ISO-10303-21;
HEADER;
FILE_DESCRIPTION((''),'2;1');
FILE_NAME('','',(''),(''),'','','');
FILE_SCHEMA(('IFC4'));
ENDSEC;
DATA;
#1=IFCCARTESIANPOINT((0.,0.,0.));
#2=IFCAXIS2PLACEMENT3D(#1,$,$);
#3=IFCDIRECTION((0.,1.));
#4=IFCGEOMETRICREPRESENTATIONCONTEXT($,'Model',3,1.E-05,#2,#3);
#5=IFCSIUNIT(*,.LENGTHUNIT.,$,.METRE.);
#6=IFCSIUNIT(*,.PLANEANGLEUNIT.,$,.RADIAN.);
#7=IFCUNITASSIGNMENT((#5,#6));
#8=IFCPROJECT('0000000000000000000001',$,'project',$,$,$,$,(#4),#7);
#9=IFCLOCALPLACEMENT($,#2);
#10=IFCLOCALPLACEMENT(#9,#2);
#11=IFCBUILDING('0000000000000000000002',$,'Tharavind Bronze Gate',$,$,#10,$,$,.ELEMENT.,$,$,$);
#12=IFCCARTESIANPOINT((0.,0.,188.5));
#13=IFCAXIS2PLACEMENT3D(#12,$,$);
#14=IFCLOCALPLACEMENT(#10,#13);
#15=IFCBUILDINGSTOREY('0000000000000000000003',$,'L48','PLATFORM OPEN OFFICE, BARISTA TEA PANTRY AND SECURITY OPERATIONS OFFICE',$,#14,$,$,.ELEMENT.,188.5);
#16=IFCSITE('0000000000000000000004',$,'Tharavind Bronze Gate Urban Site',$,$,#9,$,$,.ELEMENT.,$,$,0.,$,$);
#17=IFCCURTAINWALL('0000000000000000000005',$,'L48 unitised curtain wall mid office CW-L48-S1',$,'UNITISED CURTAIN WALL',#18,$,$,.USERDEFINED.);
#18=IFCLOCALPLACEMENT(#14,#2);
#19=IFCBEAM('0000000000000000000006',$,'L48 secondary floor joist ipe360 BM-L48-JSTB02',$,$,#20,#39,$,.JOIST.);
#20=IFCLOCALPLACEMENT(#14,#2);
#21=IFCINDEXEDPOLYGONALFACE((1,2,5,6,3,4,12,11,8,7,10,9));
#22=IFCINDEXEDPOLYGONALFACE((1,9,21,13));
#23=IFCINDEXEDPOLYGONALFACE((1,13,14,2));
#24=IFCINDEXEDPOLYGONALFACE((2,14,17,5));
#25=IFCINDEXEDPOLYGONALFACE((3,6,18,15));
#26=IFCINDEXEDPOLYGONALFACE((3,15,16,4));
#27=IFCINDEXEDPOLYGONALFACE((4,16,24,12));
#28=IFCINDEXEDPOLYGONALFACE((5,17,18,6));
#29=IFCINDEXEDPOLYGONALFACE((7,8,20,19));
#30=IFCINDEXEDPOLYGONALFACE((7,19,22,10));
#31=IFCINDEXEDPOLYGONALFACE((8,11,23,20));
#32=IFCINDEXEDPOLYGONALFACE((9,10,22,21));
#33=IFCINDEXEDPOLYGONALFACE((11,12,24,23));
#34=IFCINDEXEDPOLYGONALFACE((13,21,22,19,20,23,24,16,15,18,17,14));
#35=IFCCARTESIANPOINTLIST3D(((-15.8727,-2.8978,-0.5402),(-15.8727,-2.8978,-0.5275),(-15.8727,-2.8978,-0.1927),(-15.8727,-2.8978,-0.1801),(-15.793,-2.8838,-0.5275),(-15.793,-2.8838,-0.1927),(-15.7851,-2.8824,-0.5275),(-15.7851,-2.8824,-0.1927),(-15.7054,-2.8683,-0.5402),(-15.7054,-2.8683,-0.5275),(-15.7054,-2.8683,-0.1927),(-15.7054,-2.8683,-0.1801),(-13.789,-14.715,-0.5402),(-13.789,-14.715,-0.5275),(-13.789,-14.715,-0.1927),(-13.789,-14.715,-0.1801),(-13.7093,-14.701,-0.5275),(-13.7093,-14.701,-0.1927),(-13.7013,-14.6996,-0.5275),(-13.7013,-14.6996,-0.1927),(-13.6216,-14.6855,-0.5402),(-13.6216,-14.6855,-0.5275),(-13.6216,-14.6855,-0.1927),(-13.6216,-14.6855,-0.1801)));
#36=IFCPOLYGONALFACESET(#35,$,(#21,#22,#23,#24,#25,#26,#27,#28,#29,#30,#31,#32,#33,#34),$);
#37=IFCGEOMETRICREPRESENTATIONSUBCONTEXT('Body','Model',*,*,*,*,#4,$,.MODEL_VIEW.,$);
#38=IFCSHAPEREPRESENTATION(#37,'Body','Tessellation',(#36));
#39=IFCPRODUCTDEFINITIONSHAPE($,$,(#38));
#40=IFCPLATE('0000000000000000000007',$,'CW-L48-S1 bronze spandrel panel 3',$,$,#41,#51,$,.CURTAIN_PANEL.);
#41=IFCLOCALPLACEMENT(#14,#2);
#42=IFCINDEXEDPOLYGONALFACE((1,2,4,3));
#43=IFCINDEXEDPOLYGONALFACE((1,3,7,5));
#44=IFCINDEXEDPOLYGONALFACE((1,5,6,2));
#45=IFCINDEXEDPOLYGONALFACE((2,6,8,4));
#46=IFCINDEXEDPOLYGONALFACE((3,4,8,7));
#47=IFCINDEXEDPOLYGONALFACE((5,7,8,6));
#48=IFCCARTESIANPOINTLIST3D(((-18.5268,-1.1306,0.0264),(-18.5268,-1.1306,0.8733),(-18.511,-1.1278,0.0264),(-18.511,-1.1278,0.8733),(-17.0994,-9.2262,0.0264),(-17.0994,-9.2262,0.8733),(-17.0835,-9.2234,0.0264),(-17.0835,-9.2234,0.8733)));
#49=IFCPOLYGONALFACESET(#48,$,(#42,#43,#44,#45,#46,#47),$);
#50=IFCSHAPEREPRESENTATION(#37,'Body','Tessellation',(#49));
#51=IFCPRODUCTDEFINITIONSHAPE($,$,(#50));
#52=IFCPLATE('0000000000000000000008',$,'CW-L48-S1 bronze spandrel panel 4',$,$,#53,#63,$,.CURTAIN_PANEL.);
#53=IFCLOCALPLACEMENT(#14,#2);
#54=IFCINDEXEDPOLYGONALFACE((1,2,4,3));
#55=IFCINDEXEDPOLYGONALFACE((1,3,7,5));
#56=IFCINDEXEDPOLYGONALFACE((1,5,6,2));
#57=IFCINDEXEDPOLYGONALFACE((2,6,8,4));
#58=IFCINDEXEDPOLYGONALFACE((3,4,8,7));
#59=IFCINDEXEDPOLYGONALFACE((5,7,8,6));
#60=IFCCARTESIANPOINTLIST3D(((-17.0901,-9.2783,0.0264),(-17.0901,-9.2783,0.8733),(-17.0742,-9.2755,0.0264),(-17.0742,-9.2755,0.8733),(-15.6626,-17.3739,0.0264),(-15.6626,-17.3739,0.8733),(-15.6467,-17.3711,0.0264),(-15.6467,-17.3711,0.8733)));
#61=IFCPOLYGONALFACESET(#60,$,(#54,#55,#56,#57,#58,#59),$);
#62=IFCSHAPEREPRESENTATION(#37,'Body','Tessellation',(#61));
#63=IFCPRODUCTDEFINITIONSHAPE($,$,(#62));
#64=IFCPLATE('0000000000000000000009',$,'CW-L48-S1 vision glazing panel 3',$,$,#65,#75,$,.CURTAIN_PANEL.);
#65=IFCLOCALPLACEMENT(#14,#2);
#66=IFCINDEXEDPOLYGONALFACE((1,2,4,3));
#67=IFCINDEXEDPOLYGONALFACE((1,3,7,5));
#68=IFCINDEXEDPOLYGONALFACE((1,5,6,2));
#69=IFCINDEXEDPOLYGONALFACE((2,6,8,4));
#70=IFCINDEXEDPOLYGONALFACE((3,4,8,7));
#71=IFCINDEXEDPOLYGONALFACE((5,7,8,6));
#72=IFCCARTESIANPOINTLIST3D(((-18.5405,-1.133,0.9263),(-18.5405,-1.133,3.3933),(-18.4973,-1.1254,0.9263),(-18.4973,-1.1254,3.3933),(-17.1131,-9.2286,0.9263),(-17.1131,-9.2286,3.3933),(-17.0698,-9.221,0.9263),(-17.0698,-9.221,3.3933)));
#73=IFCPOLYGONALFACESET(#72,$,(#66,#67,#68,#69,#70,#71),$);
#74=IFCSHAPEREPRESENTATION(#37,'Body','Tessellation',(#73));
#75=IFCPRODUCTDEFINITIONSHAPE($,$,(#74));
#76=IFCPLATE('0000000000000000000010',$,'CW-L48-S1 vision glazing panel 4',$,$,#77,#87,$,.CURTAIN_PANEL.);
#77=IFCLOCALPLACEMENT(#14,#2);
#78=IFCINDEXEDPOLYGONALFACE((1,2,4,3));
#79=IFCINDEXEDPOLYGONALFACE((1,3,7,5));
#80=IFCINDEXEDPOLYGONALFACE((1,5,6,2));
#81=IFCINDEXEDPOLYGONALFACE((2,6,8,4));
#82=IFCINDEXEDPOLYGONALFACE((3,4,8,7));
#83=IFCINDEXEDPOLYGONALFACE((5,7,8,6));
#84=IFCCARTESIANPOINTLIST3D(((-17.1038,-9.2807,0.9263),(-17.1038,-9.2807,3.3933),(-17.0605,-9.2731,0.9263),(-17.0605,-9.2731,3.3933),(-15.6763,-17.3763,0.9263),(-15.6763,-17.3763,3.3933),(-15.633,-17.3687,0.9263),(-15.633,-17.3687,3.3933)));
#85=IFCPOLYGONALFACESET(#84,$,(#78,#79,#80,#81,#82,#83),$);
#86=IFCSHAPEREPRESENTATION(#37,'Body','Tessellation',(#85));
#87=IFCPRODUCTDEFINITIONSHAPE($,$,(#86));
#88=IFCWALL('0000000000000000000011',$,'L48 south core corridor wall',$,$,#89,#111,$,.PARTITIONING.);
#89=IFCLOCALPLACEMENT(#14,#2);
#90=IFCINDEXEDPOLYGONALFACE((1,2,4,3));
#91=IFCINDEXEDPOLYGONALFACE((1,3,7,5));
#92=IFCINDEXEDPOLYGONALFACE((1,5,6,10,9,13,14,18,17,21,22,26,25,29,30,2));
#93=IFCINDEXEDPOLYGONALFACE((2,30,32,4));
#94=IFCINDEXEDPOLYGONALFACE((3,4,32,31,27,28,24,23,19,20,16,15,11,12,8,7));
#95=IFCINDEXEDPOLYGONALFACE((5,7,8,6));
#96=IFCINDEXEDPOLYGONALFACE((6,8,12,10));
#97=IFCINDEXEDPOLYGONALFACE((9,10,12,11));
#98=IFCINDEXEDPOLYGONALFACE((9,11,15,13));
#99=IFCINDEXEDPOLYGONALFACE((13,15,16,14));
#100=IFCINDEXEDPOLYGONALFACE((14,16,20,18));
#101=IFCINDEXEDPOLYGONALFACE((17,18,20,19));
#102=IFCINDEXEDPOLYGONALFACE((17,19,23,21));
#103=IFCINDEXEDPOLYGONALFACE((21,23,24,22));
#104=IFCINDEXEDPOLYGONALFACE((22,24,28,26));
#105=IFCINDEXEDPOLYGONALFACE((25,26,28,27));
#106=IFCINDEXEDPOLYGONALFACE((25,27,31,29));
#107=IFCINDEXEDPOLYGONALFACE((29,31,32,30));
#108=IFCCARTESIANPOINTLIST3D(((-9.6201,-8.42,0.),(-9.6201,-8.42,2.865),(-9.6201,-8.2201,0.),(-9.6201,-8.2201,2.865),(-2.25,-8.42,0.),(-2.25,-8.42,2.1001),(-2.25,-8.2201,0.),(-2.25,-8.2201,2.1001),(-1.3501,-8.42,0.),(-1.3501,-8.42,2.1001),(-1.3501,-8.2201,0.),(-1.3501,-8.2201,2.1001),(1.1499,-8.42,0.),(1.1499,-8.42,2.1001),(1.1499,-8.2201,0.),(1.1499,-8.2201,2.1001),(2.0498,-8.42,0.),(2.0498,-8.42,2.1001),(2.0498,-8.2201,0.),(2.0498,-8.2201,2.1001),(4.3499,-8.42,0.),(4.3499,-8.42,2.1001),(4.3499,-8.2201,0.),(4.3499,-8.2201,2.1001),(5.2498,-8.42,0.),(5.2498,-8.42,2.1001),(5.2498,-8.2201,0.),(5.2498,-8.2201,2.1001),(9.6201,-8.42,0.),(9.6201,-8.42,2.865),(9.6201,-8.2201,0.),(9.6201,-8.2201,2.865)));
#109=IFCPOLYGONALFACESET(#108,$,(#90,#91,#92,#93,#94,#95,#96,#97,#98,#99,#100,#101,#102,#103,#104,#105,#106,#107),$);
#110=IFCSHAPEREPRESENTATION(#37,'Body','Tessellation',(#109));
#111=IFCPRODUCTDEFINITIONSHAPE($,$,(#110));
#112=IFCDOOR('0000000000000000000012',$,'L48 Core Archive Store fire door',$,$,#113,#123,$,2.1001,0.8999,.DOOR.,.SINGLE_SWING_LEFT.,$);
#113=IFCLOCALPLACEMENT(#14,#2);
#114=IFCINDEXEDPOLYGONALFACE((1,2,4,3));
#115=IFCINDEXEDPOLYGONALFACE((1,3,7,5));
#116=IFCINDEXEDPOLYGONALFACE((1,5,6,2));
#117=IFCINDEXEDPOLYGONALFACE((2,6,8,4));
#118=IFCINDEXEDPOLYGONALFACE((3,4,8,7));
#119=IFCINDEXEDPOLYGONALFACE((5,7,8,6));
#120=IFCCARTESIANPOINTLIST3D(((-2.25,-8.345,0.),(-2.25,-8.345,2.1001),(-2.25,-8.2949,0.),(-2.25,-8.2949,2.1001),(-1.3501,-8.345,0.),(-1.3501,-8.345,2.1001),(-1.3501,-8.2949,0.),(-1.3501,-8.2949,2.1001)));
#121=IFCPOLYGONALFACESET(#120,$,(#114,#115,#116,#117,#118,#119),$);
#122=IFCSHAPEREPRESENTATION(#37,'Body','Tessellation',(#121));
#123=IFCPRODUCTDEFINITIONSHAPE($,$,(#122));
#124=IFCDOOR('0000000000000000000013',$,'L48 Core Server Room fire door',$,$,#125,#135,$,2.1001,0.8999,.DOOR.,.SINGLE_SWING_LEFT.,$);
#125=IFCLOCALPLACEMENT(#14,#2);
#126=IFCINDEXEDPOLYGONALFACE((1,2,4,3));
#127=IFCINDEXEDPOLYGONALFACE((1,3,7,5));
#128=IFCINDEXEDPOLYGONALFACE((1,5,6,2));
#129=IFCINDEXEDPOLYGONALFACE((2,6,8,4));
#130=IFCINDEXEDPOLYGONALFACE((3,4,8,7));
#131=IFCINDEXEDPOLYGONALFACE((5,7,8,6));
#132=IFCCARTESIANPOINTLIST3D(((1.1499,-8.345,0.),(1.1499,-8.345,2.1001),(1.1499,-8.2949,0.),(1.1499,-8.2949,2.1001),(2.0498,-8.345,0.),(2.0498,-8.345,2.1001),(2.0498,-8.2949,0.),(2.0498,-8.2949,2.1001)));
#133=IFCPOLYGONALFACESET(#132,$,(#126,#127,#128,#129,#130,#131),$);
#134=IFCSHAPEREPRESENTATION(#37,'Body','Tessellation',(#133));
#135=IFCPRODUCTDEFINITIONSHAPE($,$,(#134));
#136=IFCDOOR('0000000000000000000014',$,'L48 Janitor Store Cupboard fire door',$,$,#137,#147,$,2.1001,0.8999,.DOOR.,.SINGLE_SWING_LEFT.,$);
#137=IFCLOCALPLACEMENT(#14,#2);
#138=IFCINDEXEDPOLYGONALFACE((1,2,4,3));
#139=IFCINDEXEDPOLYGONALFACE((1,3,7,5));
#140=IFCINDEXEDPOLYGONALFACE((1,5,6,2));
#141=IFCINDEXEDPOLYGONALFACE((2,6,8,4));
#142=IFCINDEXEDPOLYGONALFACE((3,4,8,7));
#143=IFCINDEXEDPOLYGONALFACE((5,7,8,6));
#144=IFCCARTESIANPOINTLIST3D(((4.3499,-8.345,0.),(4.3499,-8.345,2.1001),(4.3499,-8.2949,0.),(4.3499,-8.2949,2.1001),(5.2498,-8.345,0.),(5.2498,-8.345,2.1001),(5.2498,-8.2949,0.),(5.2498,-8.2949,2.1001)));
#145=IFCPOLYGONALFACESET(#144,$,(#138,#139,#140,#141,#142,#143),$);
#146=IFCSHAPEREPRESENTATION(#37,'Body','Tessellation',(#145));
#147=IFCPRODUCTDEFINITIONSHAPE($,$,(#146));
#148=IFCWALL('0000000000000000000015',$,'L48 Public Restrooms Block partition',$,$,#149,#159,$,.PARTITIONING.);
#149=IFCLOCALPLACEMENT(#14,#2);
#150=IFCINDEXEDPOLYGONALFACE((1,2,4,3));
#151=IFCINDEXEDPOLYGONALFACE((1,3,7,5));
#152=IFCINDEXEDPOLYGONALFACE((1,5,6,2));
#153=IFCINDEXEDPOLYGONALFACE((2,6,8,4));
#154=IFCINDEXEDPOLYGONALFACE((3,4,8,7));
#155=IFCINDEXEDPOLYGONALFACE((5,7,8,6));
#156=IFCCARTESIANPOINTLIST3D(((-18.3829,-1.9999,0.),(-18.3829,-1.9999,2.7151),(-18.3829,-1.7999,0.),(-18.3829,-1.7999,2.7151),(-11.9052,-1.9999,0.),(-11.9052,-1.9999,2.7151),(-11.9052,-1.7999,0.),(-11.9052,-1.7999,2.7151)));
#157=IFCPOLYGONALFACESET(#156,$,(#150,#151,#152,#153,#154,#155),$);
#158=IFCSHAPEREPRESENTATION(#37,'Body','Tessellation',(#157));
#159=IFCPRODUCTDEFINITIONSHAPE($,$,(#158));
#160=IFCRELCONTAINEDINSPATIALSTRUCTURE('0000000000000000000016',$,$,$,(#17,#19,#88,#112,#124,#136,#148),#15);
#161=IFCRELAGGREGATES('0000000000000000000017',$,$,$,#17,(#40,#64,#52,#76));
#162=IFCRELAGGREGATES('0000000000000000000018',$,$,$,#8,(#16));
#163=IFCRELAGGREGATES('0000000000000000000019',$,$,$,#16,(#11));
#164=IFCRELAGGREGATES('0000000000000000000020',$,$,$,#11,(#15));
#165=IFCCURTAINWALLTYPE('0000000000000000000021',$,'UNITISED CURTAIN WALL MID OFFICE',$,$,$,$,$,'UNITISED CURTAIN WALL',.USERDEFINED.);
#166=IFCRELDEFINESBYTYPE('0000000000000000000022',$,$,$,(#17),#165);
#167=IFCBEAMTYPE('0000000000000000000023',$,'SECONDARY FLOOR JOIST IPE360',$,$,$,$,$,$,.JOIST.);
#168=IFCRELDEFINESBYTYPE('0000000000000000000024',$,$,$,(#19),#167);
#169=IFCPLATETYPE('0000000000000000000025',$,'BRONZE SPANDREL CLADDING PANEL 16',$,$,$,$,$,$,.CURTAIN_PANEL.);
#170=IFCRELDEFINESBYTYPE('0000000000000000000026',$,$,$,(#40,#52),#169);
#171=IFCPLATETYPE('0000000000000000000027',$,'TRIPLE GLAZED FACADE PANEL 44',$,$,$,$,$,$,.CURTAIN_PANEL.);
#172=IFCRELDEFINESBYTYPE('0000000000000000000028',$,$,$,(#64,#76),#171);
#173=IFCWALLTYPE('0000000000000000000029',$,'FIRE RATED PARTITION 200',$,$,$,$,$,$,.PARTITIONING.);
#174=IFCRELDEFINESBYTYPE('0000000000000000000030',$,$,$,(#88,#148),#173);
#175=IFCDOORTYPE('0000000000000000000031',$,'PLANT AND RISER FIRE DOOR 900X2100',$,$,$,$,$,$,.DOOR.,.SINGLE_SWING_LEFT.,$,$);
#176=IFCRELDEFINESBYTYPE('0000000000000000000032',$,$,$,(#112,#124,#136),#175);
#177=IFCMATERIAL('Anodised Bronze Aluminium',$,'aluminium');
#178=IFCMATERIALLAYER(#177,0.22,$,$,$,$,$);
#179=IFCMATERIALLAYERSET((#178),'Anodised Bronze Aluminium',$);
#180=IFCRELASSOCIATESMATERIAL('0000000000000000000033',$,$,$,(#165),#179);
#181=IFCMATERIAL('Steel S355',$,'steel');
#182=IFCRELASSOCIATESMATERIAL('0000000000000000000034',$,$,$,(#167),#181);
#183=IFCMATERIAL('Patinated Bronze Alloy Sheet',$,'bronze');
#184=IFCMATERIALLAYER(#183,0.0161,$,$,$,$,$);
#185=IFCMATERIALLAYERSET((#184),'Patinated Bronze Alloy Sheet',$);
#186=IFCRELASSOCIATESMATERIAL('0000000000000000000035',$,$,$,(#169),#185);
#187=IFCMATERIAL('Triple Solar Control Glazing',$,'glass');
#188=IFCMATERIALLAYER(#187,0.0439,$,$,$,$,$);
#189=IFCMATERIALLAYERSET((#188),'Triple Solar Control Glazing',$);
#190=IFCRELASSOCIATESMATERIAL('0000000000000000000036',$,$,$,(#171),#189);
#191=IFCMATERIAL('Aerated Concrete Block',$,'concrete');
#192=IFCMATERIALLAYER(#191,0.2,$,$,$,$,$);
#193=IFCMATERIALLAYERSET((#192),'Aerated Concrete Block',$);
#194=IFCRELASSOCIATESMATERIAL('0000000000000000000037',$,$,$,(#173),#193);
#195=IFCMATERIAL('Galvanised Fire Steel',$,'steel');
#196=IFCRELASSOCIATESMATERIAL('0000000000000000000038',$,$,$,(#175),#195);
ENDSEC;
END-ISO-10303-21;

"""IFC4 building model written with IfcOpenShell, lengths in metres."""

from ifc_helpers import new_model, si_unit, direction, frame, frame_2d, origin, origin_2d, place, context, subcontext, project, spatial, rectangle, i_section, extrude, material, layer, layer_set, material_profile, profile_set, type_object, element, fill, aggregate, save


model = new_model("IFC4")

# Units and contexts
model_context = context("Model", 3, precision=1e-05, world=origin(), true_north=direction((0.0, 1.0)))
body_context = subcontext(model_context, "Body", "Model", "MODEL_VIEW")
ifc_project = project(units=[si_unit("LENGTHUNIT", "METRE"), si_unit("PLANEANGLEUNIT", "RADIAN")], contexts=[model_context])

# Site, building, storey
site_placement = place(None, origin())
site = spatial("IfcSite", under=ifc_project, at=site_placement, Name="Tharavind Bronze Gate Urban Site", CompositionType="ELEMENT", RefElevation=0.0)
building_placement = place(site_placement, origin())
building = spatial("IfcBuilding", under=site, at=building_placement, Name="Tharavind Bronze Gate", CompositionType="ELEMENT")
storey_placement = place(building_placement, frame((0.0, 0.0, 188.5)))
storey = spatial("IfcBuildingStorey", under=building, at=storey_placement, Name="L48", Description="PLATFORM OPEN OFFICE, BARISTA TEA PANTRY AND SECURITY OPERATIONS OFFICE", CompositionType="ELEMENT", Elevation=188.5)

# Curtain wall
ifc_material_1 = material(Name="Anodised Bronze Aluminium", Category="aluminium")
ifc_layer_1 = layer(ifc_material_1, 0.22)
ifc_layer_set_1 = layer_set([ifc_layer_1], Name="Anodised Bronze Aluminium")
curtain_wall_type = type_object("IfcCurtainWallType", Name="UNITISED CURTAIN WALL MID OFFICE", ElementType="UNITISED CURTAIN WALL", PredefinedType="USERDEFINED", material=ifc_layer_set_1)
curtain_wall_placement = place(storey_placement, origin())
curtain_wall = element("IfcCurtainWall", 1, at=curtain_wall_placement, inside=storey, type_object=curtain_wall_type, Name="L48 unitised curtain wall mid office CW-L48-S1", ObjectType="UNITISED CURTAIN WALL", PredefinedType="USERDEFINED")

# Beam
ifc_material_2 = material(Name="Steel S355", Category="steel")
ifc_material_profile_1 = material_profile(ifc_material_2, i_section(OverallWidth=0.1699, OverallDepth=0.3601, WebThickness=0.0081, FlangeThickness=0.0127, at=origin_2d()), Name="IPE360")
ifc_profile_set_1 = profile_set([ifc_material_profile_1], Name="Steel S355")
beam_type_1 = type_object("IfcBeamType", Name="SECONDARY FLOOR JOIST IPE360", PredefinedType="JOIST", material=ifc_profile_set_1)
beam_1_placement = place(storey_placement, frame((-15.7891, -2.8831, -0.3601), z_axis=(0.173653, -0.984807, 0.0), x_axis=(0.984807, 0.173653, 0.0)))
element("IfcBeam", 2, at=beam_1_placement, inside=storey, type_object=beam_type_1, Name="L48 secondary floor joist ipe360 BM-L48-JSTB02", PredefinedType="JOIST", context=body_context, shape_type="SweptSolid", body=[
    extrude(i_section(OverallWidth=0.1699, OverallDepth=0.3601, WebThickness=0.0081, FlangeThickness=0.0127, at=origin_2d()), origin(), (0.0, 0.0, 1.0), 11.9995),
])

# Plates
ifc_material_3 = material(Name="Patinated Bronze Alloy Sheet", Category="bronze")
ifc_layer_2 = layer(ifc_material_3, 0.0161)
ifc_layer_set_2 = layer_set([ifc_layer_2], Name="Patinated Bronze Alloy Sheet")
plate_type_1 = type_object("IfcPlateType", Name="BRONZE SPANDREL CLADDING PANEL 16", PredefinedType="CURTAIN_PANEL", material=ifc_layer_set_2)
plate_1_placement = place(storey_placement, frame((-17.8052, -5.177, 0.0264), z_axis=(0.0, 0.0, 1.0), x_axis=(0.173648, -0.984808, 0.0)))
plate_1 = element("IfcPlate", 3, at=plate_1_placement, type_object=plate_type_1, Name="CW-L48-S1 bronze spandrel panel 3", PredefinedType="CURTAIN_PANEL", context=body_context, shape_type="SweptSolid", body=[
    extrude(rectangle(XDim=8.2205, YDim=0.0161, at=origin_2d()), origin(), (0.0, 0.0, 1.0), 0.8469),
])
plate_2_placement = place(storey_placement, frame((-16.3684, -13.3247, 0.0264), z_axis=(0.0, 0.0, 1.0), x_axis=(0.173648, -0.984808, 0.0)))
plate_2 = element("IfcPlate", 4, at=plate_2_placement, type_object=plate_type_1, Name="CW-L48-S1 bronze spandrel panel 4", PredefinedType="CURTAIN_PANEL", context=body_context, shape_type="SweptSolid", body=[
    extrude(rectangle(XDim=8.2205, YDim=0.0161, at=origin_2d()), origin(), (0.0, 0.0, 1.0), 0.8469),
])
ifc_material_4 = material(Name="Triple Solar Control Glazing", Category="glass")
ifc_layer_3 = layer(ifc_material_4, 0.0439)
ifc_layer_set_3 = layer_set([ifc_layer_3], Name="Triple Solar Control Glazing")
plate_type_2 = type_object("IfcPlateType", Name="TRIPLE GLAZED FACADE PANEL 44", PredefinedType="CURTAIN_PANEL", material=ifc_layer_set_3)
plate_3_placement = place(storey_placement, frame((-17.8052, -5.177, 0.9263), z_axis=(0.0, 0.0, 1.0), x_axis=(0.173648, -0.984808, 0.0)))
plate_3 = element("IfcPlate", 5, at=plate_3_placement, type_object=plate_type_2, Name="CW-L48-S1 vision glazing panel 3", PredefinedType="CURTAIN_PANEL", context=body_context, shape_type="SweptSolid", body=[
    extrude(rectangle(XDim=8.2205, YDim=0.0439, at=origin_2d()), origin(), (0.0, 0.0, 1.0), 2.467),
])
plate_4_placement = place(storey_placement, frame((-16.3684, -13.3247, 0.9263), z_axis=(0.0, 0.0, 1.0), x_axis=(0.173648, -0.984808, 0.0)))
plate_4 = element("IfcPlate", 6, at=plate_4_placement, type_object=plate_type_2, Name="CW-L48-S1 vision glazing panel 4", PredefinedType="CURTAIN_PANEL", context=body_context, shape_type="SweptSolid", body=[
    extrude(rectangle(XDim=8.2205, YDim=0.0439, at=origin_2d()), origin(), (0.0, 0.0, 1.0), 2.467),
])
aggregate(curtain_wall, [plate_1, plate_3, plate_2, plate_4])

# Wall, openings, doors
ifc_material_5 = material(Name="Aerated Concrete Block", Category="concrete")
ifc_layer_4 = layer(ifc_material_5, 0.2)
ifc_layer_set_4 = layer_set([ifc_layer_4], Name="Aerated Concrete Block")
wall_type = type_object("IfcWallType", Name="FIRE RATED PARTITION 200", PredefinedType="PARTITIONING", material=ifc_layer_set_4)
wall_1_placement = place(storey_placement, frame((-9.6201, -8.3201, 0.0), z_axis=(0.0, 0.0, 1.0), x_axis=(1.0, 0.0, 0.0)))
wall_1 = element("IfcWall", 7, at=wall_1_placement, inside=storey, type_object=wall_type, Name="L48 south core corridor wall", PredefinedType="PARTITIONING", context=body_context, shape_type="SweptSolid", body=[
    extrude(rectangle(XDim=19.2402, YDim=0.2, at=frame_2d((9.6201, 0.0))), origin(), (0.0, 0.0, 1.0), 2.865),
])
opening_1_placement = place(wall_1_placement, frame((7.3701, 0.0, 0.0)))
opening_1 = element("IfcOpeningElement", 8, at=opening_1_placement, cuts=wall_1, PredefinedType="OPENING", context=body_context, shape_type="SweptSolid", body=[
    extrude(rectangle(XDim=0.8999, YDim=2.1001, at=frame_2d((0.45, 1.05))), frame((0.0, 0.1101, 0.0), z_axis=(0.0, -1.0, 0.0), x_axis=(1.0, 0.0, 0.0)), (0.0, 0.0, 1.0), 0.22),
])
opening_2_placement = place(wall_1_placement, frame((10.77, 0.0, 0.0)))
opening_2 = element("IfcOpeningElement", 9, at=opening_2_placement, cuts=wall_1, PredefinedType="OPENING", context=body_context, shape_type="SweptSolid", body=[
    extrude(rectangle(XDim=0.8999, YDim=2.1001, at=frame_2d((0.45, 1.05))), frame((0.0, 0.1101, 0.0), z_axis=(0.0, -1.0, 0.0), x_axis=(1.0, 0.0, 0.0)), (0.0, 0.0, 1.0), 0.22),
])
opening_3_placement = place(wall_1_placement, frame((13.97, 0.0, 0.0)))
opening_3 = element("IfcOpeningElement", 10, at=opening_3_placement, cuts=wall_1, PredefinedType="OPENING", context=body_context, shape_type="SweptSolid", body=[
    extrude(rectangle(XDim=0.8999, YDim=2.1001, at=frame_2d((0.45, 1.05))), frame((0.0, 0.1101, 0.0), z_axis=(0.0, -1.0, 0.0), x_axis=(1.0, 0.0, 0.0)), (0.0, 0.0, 1.0), 0.22),
])
ifc_material_6 = material(Name="Galvanised Fire Steel", Category="steel")
door_type_1 = type_object("IfcDoorType", Name="PLANT AND RISER FIRE DOOR 900X2100", OperationType="SINGLE_SWING_LEFT", PredefinedType="DOOR", material=ifc_material_6)
door_1_placement = place(opening_1_placement, frame((0.8999, 0.0, 0.0), z_axis=(0.0, 0.0, 1.0), x_axis=(-1.0, 0.0, 0.0)))
door_1 = element("IfcDoor", 11, at=door_1_placement, inside=storey, type_object=door_type_1, Name="L48 Core Archive Store fire door", OperationType="SINGLE_SWING_LEFT", OverallHeight=2.1001, OverallWidth=0.8999, PredefinedType="DOOR", context=body_context, shape_type="SweptSolid", body=[
    extrude(rectangle(XDim=0.8999, YDim=2.1001, at=frame_2d((0.45, 1.05))), frame((0.0, 0.0249, 0.0), z_axis=(0.0, -1.0, 0.0), x_axis=(1.0, 0.0, 0.0)), (0.0, 0.0, 1.0), 0.05),
])
fill(opening_1, door_1)
door_2_placement = place(opening_2_placement, frame((0.8999, 0.0, 0.0), z_axis=(0.0, 0.0, 1.0), x_axis=(-1.0, 0.0, 0.0)))
door_2 = element("IfcDoor", 12, at=door_2_placement, inside=storey, type_object=door_type_1, Name="L48 Core Server Room fire door", OperationType="SINGLE_SWING_LEFT", OverallHeight=2.1001, OverallWidth=0.8999, PredefinedType="DOOR", context=body_context, shape_type="SweptSolid", body=[
    extrude(rectangle(XDim=0.8999, YDim=2.1001, at=frame_2d((0.45, 1.05))), frame((0.0, 0.0249, 0.0), z_axis=(0.0, -1.0, 0.0), x_axis=(1.0, 0.0, 0.0)), (0.0, 0.0, 1.0), 0.05),
])
fill(opening_2, door_2)
door_3_placement = place(opening_3_placement, frame((0.8999, 0.0, 0.0), z_axis=(0.0, 0.0, 1.0), x_axis=(-1.0, 0.0, 0.0)))
door_3 = element("IfcDoor", 13, at=door_3_placement, inside=storey, type_object=door_type_1, Name="L48 Janitor Store Cupboard fire door", OperationType="SINGLE_SWING_LEFT", OverallHeight=2.1001, OverallWidth=0.8999, PredefinedType="DOOR", context=body_context, shape_type="SweptSolid", body=[
    extrude(rectangle(XDim=0.8999, YDim=2.1001, at=frame_2d((0.45, 1.05))), frame((0.0, 0.0249, 0.0), z_axis=(0.0, -1.0, 0.0), x_axis=(1.0, 0.0, 0.0)), (0.0, 0.0, 1.0), 0.05),
])
fill(opening_3, door_3)

# Wall
wall_2_placement = place(storey_placement, frame((-18.3828, -1.8999, 0.0), z_axis=(0.0, 0.0, 1.0), x_axis=(1.0, 0.0, 0.0)))
element("IfcWall", 14, at=wall_2_placement, inside=storey, type_object=wall_type, Name="L48 Public Restrooms Block partition", PredefinedType="PARTITIONING", context=body_context, shape_type="SweptSolid", body=[
    extrude(rectangle(XDim=6.4778, YDim=0.2, at=frame_2d((3.2388, 0.0))), origin(), (0.0, 0.0, 1.0), 2.7151),
])

save(model, "model.ifc")
